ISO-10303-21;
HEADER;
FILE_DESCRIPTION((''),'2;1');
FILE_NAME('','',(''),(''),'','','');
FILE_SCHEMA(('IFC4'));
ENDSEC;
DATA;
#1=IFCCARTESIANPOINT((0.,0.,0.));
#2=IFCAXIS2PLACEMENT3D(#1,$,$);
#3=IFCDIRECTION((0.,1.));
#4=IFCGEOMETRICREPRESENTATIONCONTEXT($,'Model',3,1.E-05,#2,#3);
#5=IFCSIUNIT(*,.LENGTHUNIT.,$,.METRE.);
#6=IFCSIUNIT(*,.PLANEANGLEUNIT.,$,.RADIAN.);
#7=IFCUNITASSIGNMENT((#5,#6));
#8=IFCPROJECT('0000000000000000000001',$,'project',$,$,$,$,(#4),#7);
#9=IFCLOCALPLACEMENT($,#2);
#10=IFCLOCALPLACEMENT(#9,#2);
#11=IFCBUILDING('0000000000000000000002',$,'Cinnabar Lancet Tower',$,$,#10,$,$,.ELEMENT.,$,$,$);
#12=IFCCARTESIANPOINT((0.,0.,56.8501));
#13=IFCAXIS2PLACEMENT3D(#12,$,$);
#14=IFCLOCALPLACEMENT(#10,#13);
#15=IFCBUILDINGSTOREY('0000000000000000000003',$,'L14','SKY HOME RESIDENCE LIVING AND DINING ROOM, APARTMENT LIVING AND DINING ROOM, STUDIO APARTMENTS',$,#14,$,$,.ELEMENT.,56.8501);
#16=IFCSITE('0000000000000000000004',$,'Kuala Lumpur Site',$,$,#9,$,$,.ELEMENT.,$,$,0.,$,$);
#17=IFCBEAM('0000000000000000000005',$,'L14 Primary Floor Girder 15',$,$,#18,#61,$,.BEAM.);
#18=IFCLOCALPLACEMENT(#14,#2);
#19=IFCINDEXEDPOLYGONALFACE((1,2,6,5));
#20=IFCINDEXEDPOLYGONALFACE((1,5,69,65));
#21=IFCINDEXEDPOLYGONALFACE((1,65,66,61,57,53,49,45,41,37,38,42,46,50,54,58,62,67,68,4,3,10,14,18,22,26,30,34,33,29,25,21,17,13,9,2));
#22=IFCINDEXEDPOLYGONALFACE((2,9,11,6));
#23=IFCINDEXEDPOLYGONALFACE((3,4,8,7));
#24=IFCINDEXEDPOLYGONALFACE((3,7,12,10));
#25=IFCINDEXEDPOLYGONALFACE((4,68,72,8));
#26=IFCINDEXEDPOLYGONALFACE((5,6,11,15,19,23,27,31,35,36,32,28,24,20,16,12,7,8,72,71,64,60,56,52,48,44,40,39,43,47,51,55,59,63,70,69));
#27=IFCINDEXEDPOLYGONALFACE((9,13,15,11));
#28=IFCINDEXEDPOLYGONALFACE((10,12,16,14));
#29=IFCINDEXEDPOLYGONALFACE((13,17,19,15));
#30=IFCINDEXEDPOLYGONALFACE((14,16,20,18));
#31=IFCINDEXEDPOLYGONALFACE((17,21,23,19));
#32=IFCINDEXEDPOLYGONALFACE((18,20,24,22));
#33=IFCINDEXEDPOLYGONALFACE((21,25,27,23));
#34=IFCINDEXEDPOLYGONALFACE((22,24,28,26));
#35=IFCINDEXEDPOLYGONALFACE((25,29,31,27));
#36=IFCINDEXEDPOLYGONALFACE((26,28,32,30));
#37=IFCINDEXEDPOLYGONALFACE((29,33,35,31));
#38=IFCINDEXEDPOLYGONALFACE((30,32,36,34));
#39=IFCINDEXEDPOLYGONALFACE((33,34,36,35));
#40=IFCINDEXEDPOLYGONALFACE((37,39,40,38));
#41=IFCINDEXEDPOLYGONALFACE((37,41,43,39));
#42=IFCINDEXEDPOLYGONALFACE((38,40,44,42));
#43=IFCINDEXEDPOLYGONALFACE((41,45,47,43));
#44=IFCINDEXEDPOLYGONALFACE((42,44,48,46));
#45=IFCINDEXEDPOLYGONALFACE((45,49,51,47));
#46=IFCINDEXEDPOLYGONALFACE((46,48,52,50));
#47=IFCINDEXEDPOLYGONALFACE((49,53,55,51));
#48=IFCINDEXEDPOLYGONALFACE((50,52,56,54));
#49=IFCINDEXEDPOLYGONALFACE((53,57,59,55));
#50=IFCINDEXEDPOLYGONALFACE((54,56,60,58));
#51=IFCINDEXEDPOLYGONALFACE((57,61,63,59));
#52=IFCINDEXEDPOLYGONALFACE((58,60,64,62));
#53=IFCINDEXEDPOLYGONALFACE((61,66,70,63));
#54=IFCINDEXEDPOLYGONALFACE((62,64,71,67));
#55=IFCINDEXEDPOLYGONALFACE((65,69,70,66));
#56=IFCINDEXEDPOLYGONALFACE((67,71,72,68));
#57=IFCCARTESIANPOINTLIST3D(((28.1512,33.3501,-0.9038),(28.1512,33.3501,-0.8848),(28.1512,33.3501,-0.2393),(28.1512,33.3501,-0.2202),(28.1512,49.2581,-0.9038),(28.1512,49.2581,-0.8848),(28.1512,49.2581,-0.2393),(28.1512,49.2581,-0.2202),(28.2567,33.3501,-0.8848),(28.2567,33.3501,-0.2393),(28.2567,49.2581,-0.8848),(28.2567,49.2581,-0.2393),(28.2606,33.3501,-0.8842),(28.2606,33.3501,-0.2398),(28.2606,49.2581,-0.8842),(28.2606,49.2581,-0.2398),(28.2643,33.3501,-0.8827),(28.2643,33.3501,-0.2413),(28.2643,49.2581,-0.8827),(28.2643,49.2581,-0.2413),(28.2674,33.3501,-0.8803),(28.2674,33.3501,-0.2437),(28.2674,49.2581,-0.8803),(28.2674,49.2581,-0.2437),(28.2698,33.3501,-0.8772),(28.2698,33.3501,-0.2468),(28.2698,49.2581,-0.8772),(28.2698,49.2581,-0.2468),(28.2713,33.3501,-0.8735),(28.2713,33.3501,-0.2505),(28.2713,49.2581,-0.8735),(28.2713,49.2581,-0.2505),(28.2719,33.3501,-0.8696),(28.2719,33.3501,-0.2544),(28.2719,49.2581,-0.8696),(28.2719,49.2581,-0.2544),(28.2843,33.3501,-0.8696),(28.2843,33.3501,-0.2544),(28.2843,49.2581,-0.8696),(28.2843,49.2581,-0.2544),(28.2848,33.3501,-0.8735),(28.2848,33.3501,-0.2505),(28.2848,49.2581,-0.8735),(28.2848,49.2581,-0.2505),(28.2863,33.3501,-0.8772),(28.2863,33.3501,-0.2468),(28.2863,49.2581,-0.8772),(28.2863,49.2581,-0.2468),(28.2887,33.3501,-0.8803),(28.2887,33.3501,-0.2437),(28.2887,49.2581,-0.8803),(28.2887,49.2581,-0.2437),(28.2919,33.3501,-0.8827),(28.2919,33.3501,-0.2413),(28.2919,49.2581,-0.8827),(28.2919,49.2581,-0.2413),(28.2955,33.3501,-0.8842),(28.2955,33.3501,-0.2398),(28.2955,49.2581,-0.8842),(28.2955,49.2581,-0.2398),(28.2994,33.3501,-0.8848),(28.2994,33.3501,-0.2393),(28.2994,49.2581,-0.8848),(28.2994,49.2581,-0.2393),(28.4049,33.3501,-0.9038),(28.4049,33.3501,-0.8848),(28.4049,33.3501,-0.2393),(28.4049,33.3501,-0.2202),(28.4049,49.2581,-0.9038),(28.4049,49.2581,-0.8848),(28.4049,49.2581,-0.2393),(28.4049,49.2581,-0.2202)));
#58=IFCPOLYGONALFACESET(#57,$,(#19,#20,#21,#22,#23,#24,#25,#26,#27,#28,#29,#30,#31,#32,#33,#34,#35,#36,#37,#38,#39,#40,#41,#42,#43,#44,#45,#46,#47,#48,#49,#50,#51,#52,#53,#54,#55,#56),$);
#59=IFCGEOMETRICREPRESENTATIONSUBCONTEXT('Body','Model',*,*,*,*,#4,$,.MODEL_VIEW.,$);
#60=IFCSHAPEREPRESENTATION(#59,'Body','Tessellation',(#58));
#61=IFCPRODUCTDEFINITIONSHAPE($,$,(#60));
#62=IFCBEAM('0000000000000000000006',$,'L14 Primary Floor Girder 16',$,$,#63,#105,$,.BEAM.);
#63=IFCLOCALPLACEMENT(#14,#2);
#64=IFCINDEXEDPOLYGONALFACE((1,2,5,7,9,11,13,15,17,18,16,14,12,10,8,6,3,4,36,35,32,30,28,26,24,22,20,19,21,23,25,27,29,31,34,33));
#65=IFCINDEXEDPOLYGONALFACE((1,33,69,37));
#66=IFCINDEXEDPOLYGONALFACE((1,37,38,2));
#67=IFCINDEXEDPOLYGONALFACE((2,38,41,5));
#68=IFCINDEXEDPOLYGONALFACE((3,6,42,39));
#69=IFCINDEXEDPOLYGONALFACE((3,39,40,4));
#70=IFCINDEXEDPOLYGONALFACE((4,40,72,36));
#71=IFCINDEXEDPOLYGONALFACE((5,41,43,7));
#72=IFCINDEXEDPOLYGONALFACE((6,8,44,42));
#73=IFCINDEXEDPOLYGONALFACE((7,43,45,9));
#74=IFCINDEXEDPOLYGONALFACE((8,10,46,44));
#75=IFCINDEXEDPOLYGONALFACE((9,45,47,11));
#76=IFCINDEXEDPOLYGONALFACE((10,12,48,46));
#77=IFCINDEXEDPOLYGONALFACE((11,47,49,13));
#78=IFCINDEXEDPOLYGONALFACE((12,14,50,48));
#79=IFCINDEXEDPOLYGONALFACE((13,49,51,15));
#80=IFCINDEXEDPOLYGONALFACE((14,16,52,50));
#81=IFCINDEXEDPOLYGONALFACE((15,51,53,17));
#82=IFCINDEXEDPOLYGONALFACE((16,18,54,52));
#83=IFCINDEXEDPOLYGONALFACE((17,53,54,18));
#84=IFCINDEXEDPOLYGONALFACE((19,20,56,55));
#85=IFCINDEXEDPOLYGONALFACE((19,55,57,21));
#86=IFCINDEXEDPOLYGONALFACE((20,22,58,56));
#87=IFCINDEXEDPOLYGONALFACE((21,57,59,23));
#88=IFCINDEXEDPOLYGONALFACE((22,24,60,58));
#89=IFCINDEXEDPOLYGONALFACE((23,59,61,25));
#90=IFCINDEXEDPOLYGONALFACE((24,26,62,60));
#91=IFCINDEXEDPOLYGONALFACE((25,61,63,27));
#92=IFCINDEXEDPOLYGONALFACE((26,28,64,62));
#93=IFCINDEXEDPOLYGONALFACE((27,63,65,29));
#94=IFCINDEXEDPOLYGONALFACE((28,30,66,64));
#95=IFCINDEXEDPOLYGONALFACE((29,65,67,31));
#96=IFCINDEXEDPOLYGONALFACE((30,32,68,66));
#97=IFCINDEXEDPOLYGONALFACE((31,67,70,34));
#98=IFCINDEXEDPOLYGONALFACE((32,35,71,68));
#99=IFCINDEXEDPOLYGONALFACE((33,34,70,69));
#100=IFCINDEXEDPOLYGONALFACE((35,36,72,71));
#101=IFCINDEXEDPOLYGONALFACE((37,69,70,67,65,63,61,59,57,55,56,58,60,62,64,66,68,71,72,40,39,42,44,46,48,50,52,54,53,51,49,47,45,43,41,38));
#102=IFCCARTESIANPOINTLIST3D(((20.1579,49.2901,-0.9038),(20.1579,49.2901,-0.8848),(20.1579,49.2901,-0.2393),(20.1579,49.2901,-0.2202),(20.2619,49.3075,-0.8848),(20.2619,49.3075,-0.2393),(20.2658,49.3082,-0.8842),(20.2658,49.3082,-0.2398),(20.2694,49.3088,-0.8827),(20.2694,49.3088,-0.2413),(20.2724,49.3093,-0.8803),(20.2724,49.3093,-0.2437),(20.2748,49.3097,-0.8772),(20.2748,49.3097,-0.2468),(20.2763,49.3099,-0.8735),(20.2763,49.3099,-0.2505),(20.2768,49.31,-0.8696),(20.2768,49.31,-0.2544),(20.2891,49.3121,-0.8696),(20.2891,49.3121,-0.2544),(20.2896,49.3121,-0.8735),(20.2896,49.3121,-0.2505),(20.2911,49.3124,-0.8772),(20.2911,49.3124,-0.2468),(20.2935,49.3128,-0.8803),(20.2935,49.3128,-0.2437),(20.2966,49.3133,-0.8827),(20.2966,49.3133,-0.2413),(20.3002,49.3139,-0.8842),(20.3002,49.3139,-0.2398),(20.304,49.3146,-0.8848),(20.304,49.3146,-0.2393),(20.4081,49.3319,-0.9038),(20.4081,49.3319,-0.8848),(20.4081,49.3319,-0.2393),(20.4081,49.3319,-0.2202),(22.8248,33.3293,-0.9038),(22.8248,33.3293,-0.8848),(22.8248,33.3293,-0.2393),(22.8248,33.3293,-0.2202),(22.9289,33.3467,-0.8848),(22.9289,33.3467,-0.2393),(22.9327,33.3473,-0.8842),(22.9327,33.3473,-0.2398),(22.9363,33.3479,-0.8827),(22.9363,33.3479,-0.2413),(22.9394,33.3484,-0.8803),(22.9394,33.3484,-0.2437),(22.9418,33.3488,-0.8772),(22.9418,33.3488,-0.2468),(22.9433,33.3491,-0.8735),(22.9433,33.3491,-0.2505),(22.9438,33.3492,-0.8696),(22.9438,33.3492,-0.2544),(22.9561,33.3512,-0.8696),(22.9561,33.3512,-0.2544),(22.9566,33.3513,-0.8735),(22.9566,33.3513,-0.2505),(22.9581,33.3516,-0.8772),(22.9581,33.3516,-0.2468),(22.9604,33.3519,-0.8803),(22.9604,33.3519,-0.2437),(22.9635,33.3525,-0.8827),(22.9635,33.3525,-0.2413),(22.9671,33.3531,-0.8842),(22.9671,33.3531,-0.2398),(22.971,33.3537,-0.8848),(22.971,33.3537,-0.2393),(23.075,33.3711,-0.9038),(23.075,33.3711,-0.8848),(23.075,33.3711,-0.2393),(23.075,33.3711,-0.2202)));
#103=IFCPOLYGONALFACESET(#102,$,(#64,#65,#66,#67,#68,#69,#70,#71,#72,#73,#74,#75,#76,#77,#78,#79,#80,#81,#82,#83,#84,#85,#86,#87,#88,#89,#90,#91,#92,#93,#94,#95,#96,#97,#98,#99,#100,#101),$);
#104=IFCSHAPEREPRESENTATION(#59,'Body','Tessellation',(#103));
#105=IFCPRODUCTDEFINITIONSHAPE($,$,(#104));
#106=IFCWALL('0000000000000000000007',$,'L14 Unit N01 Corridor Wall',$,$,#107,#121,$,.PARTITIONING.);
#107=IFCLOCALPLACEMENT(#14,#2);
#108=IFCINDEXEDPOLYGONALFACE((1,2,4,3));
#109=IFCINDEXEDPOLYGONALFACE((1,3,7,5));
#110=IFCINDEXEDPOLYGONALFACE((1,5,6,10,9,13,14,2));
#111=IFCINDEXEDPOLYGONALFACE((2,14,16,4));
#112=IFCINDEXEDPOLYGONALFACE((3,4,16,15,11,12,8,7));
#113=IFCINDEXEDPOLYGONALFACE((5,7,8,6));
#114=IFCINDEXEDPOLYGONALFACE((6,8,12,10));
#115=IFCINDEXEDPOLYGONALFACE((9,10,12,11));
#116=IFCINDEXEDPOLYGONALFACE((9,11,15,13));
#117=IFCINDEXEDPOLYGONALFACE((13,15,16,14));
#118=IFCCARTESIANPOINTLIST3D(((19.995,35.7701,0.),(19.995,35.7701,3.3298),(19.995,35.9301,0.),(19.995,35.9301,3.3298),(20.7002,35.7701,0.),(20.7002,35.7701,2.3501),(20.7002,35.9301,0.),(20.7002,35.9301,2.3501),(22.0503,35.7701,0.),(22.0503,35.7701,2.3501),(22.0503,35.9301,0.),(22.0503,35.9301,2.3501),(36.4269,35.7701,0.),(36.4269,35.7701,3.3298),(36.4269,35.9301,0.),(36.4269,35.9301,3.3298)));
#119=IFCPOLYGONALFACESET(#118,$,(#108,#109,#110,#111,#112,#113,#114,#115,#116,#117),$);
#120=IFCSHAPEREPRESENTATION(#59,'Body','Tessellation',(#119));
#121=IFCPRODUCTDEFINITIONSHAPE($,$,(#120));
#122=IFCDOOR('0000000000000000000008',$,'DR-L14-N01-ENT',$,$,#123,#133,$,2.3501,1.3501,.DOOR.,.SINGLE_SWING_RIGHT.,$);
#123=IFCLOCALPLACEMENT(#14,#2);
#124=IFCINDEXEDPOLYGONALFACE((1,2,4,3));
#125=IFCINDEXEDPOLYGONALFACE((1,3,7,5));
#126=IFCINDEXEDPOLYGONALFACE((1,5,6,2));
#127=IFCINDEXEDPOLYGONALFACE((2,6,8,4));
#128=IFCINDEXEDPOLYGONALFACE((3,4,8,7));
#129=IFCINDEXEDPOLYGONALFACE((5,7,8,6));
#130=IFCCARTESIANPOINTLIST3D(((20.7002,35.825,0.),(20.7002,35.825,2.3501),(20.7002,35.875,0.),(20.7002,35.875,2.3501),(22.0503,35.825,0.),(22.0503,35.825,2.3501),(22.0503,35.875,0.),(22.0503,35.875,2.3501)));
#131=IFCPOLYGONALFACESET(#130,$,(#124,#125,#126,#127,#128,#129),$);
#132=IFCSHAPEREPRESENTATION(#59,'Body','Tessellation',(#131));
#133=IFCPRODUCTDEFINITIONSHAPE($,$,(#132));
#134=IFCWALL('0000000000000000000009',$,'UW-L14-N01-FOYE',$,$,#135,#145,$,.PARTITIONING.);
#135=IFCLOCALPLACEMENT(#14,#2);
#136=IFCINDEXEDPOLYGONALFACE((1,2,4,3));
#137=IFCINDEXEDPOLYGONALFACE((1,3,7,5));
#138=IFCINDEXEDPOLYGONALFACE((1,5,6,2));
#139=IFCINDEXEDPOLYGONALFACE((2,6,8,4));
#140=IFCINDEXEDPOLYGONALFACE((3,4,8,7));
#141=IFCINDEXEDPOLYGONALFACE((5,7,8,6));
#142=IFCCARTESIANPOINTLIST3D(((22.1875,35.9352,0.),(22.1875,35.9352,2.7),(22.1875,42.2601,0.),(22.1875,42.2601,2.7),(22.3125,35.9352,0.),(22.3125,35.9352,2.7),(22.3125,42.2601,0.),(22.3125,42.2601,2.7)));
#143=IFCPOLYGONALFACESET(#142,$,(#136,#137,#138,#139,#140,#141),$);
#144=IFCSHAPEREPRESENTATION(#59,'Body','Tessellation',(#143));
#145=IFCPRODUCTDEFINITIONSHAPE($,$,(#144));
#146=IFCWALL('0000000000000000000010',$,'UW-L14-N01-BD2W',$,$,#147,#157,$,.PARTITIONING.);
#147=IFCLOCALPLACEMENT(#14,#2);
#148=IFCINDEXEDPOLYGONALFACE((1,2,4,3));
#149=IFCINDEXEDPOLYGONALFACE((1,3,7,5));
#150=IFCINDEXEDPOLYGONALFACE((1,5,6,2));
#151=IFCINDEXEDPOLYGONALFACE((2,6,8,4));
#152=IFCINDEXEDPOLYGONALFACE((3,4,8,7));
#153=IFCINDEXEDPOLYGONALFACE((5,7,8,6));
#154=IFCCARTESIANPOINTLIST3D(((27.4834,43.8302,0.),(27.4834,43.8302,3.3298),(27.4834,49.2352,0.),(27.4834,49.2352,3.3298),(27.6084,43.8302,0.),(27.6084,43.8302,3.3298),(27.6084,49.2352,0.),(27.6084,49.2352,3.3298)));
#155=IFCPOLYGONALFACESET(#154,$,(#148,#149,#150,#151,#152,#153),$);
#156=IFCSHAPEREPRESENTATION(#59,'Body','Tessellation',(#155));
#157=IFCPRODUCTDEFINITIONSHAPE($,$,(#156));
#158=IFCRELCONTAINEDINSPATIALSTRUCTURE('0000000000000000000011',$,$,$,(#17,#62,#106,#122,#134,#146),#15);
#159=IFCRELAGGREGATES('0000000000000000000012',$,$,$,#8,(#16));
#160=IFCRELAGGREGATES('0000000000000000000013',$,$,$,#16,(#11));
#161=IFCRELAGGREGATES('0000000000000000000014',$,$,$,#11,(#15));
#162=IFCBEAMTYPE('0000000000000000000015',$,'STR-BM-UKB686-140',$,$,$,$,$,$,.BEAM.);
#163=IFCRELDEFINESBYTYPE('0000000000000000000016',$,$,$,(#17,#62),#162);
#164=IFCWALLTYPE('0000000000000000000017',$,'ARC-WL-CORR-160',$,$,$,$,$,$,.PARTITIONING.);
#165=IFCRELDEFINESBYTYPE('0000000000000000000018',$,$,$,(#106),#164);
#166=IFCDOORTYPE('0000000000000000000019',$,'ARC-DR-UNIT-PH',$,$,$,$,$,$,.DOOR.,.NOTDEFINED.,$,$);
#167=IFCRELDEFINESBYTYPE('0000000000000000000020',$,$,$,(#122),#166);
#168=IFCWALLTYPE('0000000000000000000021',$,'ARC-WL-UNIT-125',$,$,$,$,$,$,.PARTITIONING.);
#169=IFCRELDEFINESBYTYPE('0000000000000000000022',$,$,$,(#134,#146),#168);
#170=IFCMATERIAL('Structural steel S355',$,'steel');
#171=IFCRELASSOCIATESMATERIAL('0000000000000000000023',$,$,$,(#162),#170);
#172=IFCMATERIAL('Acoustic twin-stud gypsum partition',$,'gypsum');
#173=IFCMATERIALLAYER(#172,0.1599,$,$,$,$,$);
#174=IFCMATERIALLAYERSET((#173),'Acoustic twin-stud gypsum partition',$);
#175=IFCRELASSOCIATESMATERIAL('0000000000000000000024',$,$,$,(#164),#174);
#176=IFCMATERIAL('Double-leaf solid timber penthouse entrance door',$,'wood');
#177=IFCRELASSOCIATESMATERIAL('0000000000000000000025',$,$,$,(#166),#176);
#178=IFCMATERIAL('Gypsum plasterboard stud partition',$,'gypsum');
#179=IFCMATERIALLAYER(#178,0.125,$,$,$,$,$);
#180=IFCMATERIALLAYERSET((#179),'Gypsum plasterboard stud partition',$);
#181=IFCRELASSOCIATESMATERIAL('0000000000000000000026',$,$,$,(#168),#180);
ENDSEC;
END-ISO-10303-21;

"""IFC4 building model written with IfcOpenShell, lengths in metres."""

from ifc_helpers import new_model, si_unit, direction, frame, frame_2d, origin, origin_2d, place, context, subcontext, project, spatial, rectangle, i_section, extrude, material, layer, layer_set, material_profile, profile_set, type_object, element, fill, save


model = new_model("IFC4")

# Units and contexts
model_context = context("Model", 3, precision=1e-05, world=origin(), true_north=direction((0.0, 1.0)))
body_context = subcontext(model_context, "Body", "Model", "MODEL_VIEW")
ifc_project = project(units=[si_unit("LENGTHUNIT", "METRE"), si_unit("PLANEANGLEUNIT", "RADIAN")], contexts=[model_context])

# Site, building, storey
site_placement = place(None, origin())
site = spatial("IfcSite", under=ifc_project, at=site_placement, Name="Kuala Lumpur Site", CompositionType="ELEMENT", RefElevation=0.0)
building_placement = place(site_placement, origin())
building = spatial("IfcBuilding", under=site, at=building_placement, Name="Cinnabar Lancet Tower", CompositionType="ELEMENT")
storey_placement = place(building_placement, frame((0.0, 0.0, 56.8501)))
storey = spatial("IfcBuildingStorey", under=building, at=storey_placement, Name="L14", Description="SKY HOME RESIDENCE LIVING AND DINING ROOM, APARTMENT LIVING AND DINING ROOM, STUDIO APARTMENTS", CompositionType="ELEMENT", Elevation=56.8501)

# Beams
ifc_material_1 = material(Name="Structural steel S355", Category="steel")
ifc_material_profile_1 = material_profile(ifc_material_1, i_section(OverallWidth=0.2537, OverallDepth=0.6836, WebThickness=0.0125, FlangeThickness=0.019, FilletRadius=0.0151, at=origin_2d()), Name="UKB 686x254x140")
ifc_profile_set_1 = profile_set([ifc_material_profile_1], Name="Structural steel S355")
beam_type_1 = type_object("IfcBeamType", Name="STR-BM-UKB686-140", PredefinedType="BEAM", material=ifc_profile_set_1)
beam_1_placement = place(storey_placement, frame((28.2781, 49.2581, -0.562), z_axis=(0.0, -1.0, 0.0), x_axis=(1.0, 0.0, 0.0)))
element("IfcBeam", 1, at=beam_1_placement, inside=storey, type_object=beam_type_1, Name="L14 Primary Floor Girder 15", PredefinedType="BEAM", context=body_context, shape_type="SweptSolid", body=[
    extrude(i_section(OverallWidth=0.2537, OverallDepth=0.6836, WebThickness=0.0125, FlangeThickness=0.019, FilletRadius=0.0151, at=origin_2d()), origin(), (0.0, 0.0, 1.0), 15.908),
])
beam_2_placement = place(storey_placement, frame((20.283, 49.311, -0.562), z_axis=(0.16481, -0.986325, 0.0), x_axis=(0.986325, 0.16481, 0.0)))
element("IfcBeam", 2, at=beam_2_placement, inside=storey, type_object=beam_type_1, Name="L14 Primary Floor Girder 16", PredefinedType="BEAM", context=body_context, shape_type="SweptSolid", body=[
    extrude(i_section(OverallWidth=0.2537, OverallDepth=0.6836, WebThickness=0.0125, FlangeThickness=0.019, FilletRadius=0.0151, at=origin_2d()), origin(), (0.0, 0.0, 1.0), 16.1821),
])

# Wall, opening, door
ifc_material_2 = material(Name="Acoustic twin-stud gypsum partition", Category="gypsum")
ifc_layer_1 = layer(ifc_material_2, 0.1599)
ifc_layer_set_1 = layer_set([ifc_layer_1], Name="Acoustic twin-stud gypsum partition")
wall_type_1 = type_object("IfcWallType", Name="ARC-WL-CORR-160", PredefinedType="PARTITIONING", material=ifc_layer_set_1)
wall_1_placement = place(storey_placement, frame((19.9951, 35.8501, 0.0), z_axis=(0.0, 0.0, 1.0), x_axis=(1.0, 0.0, 0.0)))
wall_1 = element("IfcWall", 3, at=wall_1_placement, inside=storey, type_object=wall_type_1, Name="L14 Unit N01 Corridor Wall", PredefinedType="PARTITIONING", context=body_context, shape_type="SweptSolid", body=[
    extrude(rectangle(XDim=16.4319, YDim=0.1599, at=frame_2d((8.2158, 0.0))), origin(), (0.0, 0.0, 1.0), 3.3298),
])
opening_1_placement = place(wall_1_placement, frame((0.7051, 0.0, 0.0)))
opening_1 = element("IfcOpeningElement", 4, at=opening_1_placement, cuts=wall_1, PredefinedType="OPENING", context=body_context, shape_type="SweptSolid", body=[
    extrude(rectangle(XDim=1.3501, YDim=2.3501, at=frame_2d((0.675, 1.175))), frame((0.0, 0.0898, 0.0), z_axis=(0.0, -1.0, 0.0), x_axis=(1.0, 0.0, 0.0)), (0.0, 0.0, 1.0), 0.1799),
])
ifc_material_3 = material(Name="Double-leaf solid timber penthouse entrance door", Category="wood")
door_type_1 = type_object("IfcDoorType", Name="ARC-DR-UNIT-PH", OperationType="NOTDEFINED", PredefinedType="DOOR", material=ifc_material_3)
door_1_placement = place(opening_1_placement, origin())
door_1 = element("IfcDoor", 5, at=door_1_placement, inside=storey, type_object=door_type_1, Name="DR-L14-N01-ENT", OperationType="SINGLE_SWING_RIGHT", OverallHeight=2.3501, OverallWidth=1.3501, PredefinedType="DOOR", context=body_context, shape_type="SweptSolid", body=[
    extrude(rectangle(XDim=1.3501, YDim=2.3501, at=frame_2d((0.675, 1.175))), frame((0.0, 0.0249, 0.0), z_axis=(0.0, -1.0, 0.0), x_axis=(1.0, 0.0, 0.0)), (0.0, 0.0, 1.0), 0.05),
])
fill(opening_1, door_1)

# Walls
ifc_material_4 = material(Name="Gypsum plasterboard stud partition", Category="gypsum")
ifc_layer_2 = layer(ifc_material_4, 0.125)
ifc_layer_set_2 = layer_set([ifc_layer_2], Name="Gypsum plasterboard stud partition")
wall_type_2 = type_object("IfcWallType", Name="ARC-WL-UNIT-125", PredefinedType="PARTITIONING", material=ifc_layer_set_2)
wall_2_placement = place(storey_placement, frame((22.25, 35.9351, 0.0), z_axis=(0.0, 0.0, 1.0), x_axis=(0.0, 1.0, 0.0)))
element("IfcWall", 6, at=wall_2_placement, inside=storey, type_object=wall_type_2, Name="UW-L14-N01-FOYE", PredefinedType="PARTITIONING", context=body_context, shape_type="SweptSolid", body=[
    extrude(rectangle(XDim=6.325, YDim=0.125, at=frame_2d((3.1626, 0.0))), origin(), (0.0, 0.0, 1.0), 2.7),
])
wall_3_placement = place(storey_placement, frame((27.5459, 43.8301, 0.0), z_axis=(0.0, 0.0, 1.0), x_axis=(0.0, 1.0, 0.0)))
element("IfcWall", 7, at=wall_3_placement, inside=storey, type_object=wall_type_2, Name="UW-L14-N01-BD2W", PredefinedType="PARTITIONING", context=body_context, shape_type="SweptSolid", body=[
    extrude(rectangle(XDim=5.405, YDim=0.125, at=frame_2d((2.7026, 0.0))), origin(), (0.0, 0.0, 1.0), 3.3298),
])

save(model, "model.ifc")
